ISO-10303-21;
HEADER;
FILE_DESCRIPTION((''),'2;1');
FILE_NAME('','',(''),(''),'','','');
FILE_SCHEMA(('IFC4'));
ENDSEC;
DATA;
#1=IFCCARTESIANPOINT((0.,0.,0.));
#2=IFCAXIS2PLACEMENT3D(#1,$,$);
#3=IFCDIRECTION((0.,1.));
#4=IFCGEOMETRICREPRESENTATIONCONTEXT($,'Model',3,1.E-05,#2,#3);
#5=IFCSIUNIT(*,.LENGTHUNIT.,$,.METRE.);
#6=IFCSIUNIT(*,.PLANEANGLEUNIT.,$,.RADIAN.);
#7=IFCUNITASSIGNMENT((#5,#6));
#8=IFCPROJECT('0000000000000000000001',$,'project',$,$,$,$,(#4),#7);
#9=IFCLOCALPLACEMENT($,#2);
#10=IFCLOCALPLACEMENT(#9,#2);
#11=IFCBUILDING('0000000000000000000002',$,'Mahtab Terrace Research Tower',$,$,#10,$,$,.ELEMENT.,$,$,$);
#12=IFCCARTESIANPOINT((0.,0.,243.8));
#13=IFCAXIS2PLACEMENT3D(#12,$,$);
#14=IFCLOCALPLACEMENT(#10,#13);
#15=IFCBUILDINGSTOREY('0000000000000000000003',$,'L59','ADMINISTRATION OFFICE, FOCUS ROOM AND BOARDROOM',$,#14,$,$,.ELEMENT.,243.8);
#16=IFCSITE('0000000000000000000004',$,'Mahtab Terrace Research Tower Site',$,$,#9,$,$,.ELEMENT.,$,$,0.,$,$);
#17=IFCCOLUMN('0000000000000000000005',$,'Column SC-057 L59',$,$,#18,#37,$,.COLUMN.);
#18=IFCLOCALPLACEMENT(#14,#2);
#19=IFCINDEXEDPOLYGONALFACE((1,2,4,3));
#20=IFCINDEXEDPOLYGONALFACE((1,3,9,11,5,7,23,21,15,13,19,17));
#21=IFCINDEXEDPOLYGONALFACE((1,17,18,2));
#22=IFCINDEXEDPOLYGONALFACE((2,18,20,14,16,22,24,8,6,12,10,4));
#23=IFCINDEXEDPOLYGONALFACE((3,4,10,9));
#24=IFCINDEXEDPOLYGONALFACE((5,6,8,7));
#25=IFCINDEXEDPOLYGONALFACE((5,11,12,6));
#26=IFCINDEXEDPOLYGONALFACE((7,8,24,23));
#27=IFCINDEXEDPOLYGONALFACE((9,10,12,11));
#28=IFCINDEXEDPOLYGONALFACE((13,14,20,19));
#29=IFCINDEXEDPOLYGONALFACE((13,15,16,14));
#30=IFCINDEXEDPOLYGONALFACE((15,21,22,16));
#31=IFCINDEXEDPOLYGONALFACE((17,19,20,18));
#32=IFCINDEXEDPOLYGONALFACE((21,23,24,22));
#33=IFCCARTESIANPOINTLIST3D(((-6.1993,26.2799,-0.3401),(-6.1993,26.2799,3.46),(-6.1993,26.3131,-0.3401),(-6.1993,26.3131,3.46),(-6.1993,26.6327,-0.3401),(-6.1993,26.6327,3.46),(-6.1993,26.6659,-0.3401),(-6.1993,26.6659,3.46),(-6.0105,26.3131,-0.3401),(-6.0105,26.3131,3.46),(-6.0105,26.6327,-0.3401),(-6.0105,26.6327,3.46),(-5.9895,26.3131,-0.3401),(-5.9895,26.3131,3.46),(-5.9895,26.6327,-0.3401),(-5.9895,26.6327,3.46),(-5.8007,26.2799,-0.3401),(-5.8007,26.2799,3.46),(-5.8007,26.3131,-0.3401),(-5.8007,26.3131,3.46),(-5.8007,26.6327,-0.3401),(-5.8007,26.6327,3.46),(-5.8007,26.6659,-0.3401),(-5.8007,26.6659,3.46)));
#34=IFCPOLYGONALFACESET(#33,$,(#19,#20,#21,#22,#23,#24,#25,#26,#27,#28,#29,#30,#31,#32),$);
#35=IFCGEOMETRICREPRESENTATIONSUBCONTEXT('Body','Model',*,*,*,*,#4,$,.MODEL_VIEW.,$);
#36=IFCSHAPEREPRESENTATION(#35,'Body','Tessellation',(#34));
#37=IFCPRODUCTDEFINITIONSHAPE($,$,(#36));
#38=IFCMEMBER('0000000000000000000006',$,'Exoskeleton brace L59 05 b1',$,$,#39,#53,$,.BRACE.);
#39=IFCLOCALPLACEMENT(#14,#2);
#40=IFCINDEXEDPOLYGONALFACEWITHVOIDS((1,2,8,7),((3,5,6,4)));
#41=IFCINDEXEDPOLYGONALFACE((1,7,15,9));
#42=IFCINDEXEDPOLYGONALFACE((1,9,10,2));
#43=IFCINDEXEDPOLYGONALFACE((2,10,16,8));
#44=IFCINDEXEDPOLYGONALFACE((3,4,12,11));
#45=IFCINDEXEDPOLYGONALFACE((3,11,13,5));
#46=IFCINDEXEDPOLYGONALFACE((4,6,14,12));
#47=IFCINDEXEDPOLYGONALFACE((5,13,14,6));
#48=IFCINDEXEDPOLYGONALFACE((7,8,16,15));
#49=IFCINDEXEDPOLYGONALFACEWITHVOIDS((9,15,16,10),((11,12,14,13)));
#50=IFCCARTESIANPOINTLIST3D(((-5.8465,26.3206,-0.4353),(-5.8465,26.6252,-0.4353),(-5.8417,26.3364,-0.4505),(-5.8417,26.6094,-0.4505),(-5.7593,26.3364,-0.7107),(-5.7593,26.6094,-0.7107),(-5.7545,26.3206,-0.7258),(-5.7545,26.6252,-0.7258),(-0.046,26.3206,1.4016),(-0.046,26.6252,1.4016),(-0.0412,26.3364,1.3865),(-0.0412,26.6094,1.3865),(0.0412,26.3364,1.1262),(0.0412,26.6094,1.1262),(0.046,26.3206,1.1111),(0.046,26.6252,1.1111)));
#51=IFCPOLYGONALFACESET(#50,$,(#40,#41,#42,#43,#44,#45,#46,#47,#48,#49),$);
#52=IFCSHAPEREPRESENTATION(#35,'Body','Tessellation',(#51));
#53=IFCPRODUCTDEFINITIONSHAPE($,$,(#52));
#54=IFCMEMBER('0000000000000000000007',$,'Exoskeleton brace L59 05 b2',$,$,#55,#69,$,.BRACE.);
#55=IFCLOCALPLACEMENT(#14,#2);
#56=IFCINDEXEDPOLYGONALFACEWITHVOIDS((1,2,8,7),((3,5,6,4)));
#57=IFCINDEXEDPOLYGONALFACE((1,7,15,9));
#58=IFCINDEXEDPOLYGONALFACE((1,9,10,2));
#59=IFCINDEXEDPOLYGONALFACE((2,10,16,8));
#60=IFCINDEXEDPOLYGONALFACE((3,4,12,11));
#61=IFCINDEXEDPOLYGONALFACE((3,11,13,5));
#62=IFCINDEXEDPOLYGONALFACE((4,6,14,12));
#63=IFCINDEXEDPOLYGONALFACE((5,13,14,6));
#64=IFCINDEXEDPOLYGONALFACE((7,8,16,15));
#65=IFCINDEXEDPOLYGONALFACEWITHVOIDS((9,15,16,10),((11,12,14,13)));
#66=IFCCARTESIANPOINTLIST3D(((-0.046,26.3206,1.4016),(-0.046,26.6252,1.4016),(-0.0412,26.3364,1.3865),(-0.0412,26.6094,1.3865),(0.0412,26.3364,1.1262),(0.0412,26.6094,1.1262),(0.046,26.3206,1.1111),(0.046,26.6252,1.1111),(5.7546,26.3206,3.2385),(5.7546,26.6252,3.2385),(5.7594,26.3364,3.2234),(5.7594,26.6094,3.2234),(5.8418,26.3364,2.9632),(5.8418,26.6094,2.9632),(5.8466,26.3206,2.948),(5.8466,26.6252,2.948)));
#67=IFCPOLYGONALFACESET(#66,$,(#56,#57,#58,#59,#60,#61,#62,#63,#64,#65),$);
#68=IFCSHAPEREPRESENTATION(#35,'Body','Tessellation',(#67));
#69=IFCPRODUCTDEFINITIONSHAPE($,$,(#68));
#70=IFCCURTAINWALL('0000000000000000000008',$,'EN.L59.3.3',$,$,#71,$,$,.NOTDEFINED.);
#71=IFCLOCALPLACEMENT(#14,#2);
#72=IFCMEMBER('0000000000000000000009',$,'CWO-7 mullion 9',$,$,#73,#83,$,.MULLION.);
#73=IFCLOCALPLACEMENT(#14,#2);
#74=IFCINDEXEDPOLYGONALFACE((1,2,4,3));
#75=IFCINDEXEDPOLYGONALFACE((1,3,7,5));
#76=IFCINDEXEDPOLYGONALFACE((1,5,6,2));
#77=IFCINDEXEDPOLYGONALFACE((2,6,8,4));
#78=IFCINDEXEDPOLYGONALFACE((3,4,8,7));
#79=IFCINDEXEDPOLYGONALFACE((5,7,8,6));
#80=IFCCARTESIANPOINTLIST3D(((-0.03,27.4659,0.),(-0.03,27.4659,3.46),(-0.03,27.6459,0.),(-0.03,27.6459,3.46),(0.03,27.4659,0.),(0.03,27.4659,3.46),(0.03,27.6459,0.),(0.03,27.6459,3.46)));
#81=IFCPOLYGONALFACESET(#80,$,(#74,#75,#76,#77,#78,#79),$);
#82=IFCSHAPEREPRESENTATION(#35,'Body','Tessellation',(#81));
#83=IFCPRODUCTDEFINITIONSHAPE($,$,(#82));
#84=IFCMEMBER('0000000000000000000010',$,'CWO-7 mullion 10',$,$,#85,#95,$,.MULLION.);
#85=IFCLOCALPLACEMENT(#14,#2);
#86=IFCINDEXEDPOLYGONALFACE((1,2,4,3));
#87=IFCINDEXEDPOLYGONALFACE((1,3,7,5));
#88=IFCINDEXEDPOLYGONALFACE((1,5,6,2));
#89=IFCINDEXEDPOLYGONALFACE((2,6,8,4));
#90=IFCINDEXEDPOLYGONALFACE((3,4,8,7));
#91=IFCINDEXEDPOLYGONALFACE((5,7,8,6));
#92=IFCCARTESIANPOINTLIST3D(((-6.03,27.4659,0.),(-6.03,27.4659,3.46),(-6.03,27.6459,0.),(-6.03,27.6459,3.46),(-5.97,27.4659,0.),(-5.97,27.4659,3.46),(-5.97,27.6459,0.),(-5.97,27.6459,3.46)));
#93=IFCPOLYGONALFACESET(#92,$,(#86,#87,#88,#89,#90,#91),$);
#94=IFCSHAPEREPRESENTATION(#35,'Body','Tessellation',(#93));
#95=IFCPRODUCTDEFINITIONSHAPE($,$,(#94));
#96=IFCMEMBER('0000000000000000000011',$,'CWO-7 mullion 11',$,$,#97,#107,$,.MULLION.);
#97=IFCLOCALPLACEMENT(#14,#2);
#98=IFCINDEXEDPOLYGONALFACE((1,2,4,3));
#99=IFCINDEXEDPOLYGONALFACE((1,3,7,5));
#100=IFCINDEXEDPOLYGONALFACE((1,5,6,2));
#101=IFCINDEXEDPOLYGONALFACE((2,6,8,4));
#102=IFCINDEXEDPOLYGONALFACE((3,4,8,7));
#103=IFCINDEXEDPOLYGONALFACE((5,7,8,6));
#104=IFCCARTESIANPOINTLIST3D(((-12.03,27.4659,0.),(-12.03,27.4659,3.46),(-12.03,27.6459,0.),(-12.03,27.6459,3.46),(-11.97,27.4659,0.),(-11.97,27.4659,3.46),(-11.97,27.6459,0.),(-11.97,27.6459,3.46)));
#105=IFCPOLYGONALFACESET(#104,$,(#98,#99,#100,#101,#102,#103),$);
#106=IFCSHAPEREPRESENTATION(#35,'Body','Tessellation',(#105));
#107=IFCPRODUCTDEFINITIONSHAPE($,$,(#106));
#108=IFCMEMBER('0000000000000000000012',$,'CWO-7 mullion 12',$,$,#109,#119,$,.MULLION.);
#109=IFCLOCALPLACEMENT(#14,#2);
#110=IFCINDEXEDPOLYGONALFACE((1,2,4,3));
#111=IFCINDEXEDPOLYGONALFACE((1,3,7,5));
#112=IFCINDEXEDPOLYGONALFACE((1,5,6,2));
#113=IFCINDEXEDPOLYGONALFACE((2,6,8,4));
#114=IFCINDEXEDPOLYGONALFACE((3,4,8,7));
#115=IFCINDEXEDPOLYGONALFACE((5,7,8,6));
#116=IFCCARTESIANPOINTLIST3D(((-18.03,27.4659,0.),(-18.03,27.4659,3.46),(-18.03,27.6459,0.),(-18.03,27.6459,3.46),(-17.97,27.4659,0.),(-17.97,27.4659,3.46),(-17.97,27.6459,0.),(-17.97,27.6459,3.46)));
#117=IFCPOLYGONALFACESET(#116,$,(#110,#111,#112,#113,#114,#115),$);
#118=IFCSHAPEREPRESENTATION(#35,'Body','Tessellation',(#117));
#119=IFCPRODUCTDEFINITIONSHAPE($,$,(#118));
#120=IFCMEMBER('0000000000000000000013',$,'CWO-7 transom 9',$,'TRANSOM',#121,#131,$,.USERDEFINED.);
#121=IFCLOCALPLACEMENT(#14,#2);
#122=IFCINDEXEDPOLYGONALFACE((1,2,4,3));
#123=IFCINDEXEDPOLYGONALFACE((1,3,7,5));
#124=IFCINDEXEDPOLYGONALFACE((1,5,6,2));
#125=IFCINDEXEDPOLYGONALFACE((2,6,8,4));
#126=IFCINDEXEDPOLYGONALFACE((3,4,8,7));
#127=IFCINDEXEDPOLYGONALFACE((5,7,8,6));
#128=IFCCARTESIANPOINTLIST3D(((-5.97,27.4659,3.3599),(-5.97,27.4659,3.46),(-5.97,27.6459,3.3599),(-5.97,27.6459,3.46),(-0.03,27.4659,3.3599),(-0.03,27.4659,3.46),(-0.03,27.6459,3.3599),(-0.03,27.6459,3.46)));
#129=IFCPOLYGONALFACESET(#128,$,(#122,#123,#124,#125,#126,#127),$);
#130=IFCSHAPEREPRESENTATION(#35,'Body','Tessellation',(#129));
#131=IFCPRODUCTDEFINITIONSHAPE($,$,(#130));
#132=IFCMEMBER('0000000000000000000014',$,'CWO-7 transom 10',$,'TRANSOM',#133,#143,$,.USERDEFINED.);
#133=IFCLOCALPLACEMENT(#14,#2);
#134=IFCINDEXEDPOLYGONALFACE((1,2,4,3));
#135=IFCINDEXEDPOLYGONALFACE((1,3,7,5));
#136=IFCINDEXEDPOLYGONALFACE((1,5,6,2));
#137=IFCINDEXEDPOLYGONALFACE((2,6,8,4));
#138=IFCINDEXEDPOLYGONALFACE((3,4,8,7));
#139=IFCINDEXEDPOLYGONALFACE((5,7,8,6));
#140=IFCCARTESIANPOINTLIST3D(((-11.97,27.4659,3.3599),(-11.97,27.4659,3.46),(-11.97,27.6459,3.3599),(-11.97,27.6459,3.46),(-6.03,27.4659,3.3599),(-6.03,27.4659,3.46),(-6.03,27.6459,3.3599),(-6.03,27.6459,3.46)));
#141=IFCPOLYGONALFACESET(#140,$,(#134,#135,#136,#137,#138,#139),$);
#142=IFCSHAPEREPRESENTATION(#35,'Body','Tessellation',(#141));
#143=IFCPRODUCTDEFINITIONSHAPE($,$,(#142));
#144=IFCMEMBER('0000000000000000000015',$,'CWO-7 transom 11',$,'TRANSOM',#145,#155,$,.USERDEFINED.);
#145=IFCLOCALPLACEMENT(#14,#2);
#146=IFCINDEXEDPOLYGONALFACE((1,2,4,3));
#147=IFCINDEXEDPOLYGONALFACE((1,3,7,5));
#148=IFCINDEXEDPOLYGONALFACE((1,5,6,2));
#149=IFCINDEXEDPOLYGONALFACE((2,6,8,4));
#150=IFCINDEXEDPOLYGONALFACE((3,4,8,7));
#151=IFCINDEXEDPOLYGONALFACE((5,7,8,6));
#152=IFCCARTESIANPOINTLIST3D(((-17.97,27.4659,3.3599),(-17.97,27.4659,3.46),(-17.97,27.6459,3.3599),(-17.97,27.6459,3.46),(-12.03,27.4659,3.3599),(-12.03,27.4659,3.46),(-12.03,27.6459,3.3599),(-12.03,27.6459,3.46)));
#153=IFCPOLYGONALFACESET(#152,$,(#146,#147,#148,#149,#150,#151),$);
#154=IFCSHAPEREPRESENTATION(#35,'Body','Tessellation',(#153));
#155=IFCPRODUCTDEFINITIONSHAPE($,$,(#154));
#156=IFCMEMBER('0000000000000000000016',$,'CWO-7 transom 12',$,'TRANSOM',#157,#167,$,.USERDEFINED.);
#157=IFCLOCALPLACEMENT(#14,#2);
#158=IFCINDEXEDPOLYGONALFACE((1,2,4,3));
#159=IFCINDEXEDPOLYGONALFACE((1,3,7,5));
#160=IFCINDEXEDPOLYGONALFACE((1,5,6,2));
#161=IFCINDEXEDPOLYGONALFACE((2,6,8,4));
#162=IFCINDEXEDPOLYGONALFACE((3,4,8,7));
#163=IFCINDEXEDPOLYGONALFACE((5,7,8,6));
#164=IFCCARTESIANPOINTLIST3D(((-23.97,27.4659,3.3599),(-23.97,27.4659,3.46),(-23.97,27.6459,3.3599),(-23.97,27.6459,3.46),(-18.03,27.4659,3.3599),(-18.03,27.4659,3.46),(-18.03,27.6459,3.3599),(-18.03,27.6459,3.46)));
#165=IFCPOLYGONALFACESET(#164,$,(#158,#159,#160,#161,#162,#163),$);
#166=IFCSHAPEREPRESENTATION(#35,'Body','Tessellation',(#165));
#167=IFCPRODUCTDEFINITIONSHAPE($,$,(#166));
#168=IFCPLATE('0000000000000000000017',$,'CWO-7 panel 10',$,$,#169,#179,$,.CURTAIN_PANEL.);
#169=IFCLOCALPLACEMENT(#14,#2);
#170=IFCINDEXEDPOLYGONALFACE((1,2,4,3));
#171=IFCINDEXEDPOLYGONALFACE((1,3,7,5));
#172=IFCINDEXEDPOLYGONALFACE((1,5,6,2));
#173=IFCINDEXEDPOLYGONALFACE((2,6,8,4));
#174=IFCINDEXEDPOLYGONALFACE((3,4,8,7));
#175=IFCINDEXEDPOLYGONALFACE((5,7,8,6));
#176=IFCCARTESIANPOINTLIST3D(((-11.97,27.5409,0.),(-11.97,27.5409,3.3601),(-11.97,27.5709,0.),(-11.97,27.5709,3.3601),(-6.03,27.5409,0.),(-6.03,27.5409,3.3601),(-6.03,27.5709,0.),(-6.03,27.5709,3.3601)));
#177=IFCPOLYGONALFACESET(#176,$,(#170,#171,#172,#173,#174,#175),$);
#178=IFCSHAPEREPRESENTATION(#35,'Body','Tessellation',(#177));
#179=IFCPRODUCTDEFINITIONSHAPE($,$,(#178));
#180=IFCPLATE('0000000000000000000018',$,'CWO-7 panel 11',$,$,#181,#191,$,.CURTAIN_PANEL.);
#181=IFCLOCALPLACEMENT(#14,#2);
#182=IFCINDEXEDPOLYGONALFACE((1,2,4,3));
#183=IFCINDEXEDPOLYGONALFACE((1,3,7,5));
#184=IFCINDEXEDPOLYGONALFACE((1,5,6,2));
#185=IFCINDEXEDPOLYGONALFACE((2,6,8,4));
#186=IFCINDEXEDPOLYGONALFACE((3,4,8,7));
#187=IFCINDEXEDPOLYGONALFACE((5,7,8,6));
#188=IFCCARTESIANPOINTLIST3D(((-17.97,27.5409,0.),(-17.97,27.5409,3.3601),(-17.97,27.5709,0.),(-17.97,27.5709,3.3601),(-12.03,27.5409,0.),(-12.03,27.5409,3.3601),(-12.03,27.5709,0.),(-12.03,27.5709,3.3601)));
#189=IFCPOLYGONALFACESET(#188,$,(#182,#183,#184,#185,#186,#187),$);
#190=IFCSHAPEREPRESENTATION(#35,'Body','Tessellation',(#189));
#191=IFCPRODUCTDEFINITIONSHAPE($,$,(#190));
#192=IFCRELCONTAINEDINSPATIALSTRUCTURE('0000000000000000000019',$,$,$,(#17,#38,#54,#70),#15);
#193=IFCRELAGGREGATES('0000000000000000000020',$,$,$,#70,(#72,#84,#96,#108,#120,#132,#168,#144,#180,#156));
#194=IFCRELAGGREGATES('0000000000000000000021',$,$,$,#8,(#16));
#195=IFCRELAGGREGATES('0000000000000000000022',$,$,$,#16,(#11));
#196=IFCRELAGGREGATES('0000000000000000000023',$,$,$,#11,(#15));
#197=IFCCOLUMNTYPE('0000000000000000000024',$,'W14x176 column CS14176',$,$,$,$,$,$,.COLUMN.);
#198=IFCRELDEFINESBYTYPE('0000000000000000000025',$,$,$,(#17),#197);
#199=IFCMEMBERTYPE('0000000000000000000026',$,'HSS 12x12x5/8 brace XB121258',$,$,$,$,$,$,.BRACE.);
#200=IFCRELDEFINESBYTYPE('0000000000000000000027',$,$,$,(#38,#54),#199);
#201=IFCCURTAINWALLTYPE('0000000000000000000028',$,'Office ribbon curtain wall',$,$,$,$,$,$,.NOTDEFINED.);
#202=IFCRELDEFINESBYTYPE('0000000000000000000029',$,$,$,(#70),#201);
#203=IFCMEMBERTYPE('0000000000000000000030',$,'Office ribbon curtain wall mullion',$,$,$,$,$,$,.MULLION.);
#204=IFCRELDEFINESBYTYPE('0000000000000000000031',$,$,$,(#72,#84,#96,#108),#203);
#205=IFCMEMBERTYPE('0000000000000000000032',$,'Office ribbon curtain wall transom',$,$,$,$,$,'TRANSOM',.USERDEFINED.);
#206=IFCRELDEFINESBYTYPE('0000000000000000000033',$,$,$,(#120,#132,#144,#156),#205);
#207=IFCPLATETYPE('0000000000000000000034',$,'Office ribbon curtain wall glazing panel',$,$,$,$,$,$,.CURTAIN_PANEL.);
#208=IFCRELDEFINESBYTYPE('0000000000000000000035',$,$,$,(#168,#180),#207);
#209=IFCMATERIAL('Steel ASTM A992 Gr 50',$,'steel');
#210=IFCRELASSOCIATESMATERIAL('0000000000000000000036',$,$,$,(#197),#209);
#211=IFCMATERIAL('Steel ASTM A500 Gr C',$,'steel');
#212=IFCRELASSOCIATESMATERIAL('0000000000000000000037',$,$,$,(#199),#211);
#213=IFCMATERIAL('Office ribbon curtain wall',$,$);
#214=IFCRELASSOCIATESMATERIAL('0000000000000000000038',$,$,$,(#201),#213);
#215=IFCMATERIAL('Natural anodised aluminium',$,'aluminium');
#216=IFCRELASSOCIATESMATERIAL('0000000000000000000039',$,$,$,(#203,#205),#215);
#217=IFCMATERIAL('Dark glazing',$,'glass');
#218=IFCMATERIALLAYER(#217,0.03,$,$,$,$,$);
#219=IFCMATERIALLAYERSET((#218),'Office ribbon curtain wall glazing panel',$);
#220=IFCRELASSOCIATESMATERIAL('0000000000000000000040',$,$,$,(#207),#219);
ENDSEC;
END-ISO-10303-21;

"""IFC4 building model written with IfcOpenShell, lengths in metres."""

from ifc_helpers import new_model, si_unit, direction, frame, origin, origin_2d, place, context, subcontext, project, spatial, rectangle, hollow_rectangle, i_section, extrude, material, layer, layer_set, material_profile, profile_set, type_object, element, aggregate, save


model = new_model("IFC4")

# Units and contexts
model_context = context("Model", 3, precision=1e-05, world=origin(), true_north=direction((0.0, 1.0)))
body_context = subcontext(model_context, "Body", "Model", "MODEL_VIEW")
ifc_project = project(units=[si_unit("LENGTHUNIT", "METRE"), si_unit("PLANEANGLEUNIT", "RADIAN")], contexts=[model_context])

# Site, building, storey
site_placement = place(None, origin())
site = spatial("IfcSite", under=ifc_project, at=site_placement, Name="Mahtab Terrace Research Tower Site", CompositionType="ELEMENT", RefElevation=0.0)
building_placement = place(site_placement, origin())
building = spatial("IfcBuilding", under=site, at=building_placement, Name="Mahtab Terrace Research Tower", CompositionType="ELEMENT")
storey_placement = place(building_placement, frame((0.0, 0.0, 243.8)))
storey = spatial("IfcBuildingStorey", under=building, at=storey_placement, Name="L59", Description="ADMINISTRATION OFFICE, FOCUS ROOM AND BOARDROOM", CompositionType="ELEMENT", Elevation=243.8)

# Column
ifc_material_1 = material(Name="Steel ASTM A992 Gr 50", Category="steel")
ifc_material_profile_1 = material_profile(ifc_material_1, i_section(OverallWidth=0.3987, OverallDepth=0.386, WebThickness=0.021, FlangeThickness=0.0332, at=origin_2d()), Name="W14X176")
ifc_profile_set_1 = profile_set([ifc_material_profile_1], Name="Steel ASTM A992 Gr 50")
column_type = type_object("IfcColumnType", Name="W14x176 column CS14176", PredefinedType="COLUMN", material=ifc_profile_set_1)
column_placement = place(storey_placement, frame((-6.0, 26.4729, -0.3401), z_axis=(0.0, 0.0, 1.0), x_axis=(1.0, 0.0, 0.0)))
element("IfcColumn", 1, at=column_placement, inside=storey, type_object=column_type, Name="Column SC-057 L59", PredefinedType="COLUMN", context=body_context, shape_type="SweptSolid", body=[
    extrude(i_section(OverallWidth=0.3987, OverallDepth=0.386, WebThickness=0.021, FlangeThickness=0.0332, at=origin_2d()), origin(), (0.0, 0.0, 1.0), 3.8),
])

# Members
ifc_material_2 = material(Name="Steel ASTM A500 Gr C", Category="steel")
ifc_material_profile_2 = material_profile(ifc_material_2, hollow_rectangle(XDim=0.3047, YDim=0.3047, WallThickness=0.0159, at=origin_2d()), Name="HSS12X12X5/8")
ifc_profile_set_2 = profile_set([ifc_material_profile_2], Name="Steel ASTM A500 Gr C")
member_type_1 = type_object("IfcMemberType", Name="HSS 12x12x5/8 brace XB121258", PredefinedType="BRACE", material=ifc_profile_set_2)
for number, where, z_axis, x_axis, name in (
    (2, (-5.8005, 26.4729, -0.5806), (0.953339, 0.0, 0.301903), (0.0, 1.0, 0.0), "Exoskeleton brace L59 05 b1"),
    (3, (0.0, 26.4729, 1.2563), (0.953339, 0.0, 0.301903), (0.0, 1.0, 0.0), "Exoskeleton brace L59 05 b2"),
):
    element("IfcMember", number, at=place(storey_placement, frame(where, z_axis=z_axis, x_axis=x_axis)), inside=storey, type_object=member_type_1, Name=name, PredefinedType="BRACE", context=body_context, shape_type="SweptSolid", body=[
        extrude(hollow_rectangle(XDim=0.3047, YDim=0.3047, WallThickness=0.0159, at=origin_2d()), origin(), (0.0, 0.0, 1.0), 6.0845),
    ])

# Curtain wall, members, plates
ifc_material_3 = material(Name="Office ribbon curtain wall")
curtain_wall_type = type_object("IfcCurtainWallType", Name="Office ribbon curtain wall", PredefinedType="NOTDEFINED", material=ifc_material_3)
curtain_wall_placement = place(storey_placement, origin())
curtain_wall = element("IfcCurtainWall", 4, at=curtain_wall_placement, inside=storey, type_object=curtain_wall_type, Name="EN.L59.3.3", PredefinedType="NOTDEFINED")
ifc_material_4 = material(Name="Natural anodised aluminium", Category="aluminium")
ifc_material_profile_3 = material_profile(ifc_material_4, rectangle(XDim=0.1799, YDim=0.0601, at=origin_2d()), Name="MULLION 60x180")
ifc_profile_set_3 = profile_set([ifc_material_profile_3], Name="Natural anodised aluminium")
member_type_2 = type_object("IfcMemberType", Name="Office ribbon curtain wall mullion", PredefinedType="MULLION", material=ifc_profile_set_3)
member_1_placement = place(storey_placement, frame((0.0, 27.5559, 0.0), z_axis=(0.0, 0.0, 1.0), x_axis=(0.0, -1.0, 0.0)))
member_1 = element("IfcMember", 5, at=member_1_placement, type_object=member_type_2, Name="CWO-7 mullion 9", PredefinedType="MULLION", context=body_context, shape_type="SweptSolid", body=[
    extrude(rectangle(XDim=0.1799, YDim=0.0601, at=origin_2d()), origin(), (0.0, 0.0, 1.0), 3.46),
])
member_2_placement = place(storey_placement, frame((-6.0, 27.5559, 0.0), z_axis=(0.0, 0.0, 1.0), x_axis=(0.0, -1.0, 0.0)))
member_2 = element("IfcMember", 6, at=member_2_placement, type_object=member_type_2, Name="CWO-7 mullion 10", PredefinedType="MULLION", context=body_context, shape_type="SweptSolid", body=[
    extrude(rectangle(XDim=0.1799, YDim=0.0601, at=origin_2d()), origin(), (0.0, 0.0, 1.0), 3.46),
])
member_3_placement = place(storey_placement, frame((-12.0, 27.5559, 0.0), z_axis=(0.0, 0.0, 1.0), x_axis=(0.0, -1.0, 0.0)))
member_3 = element("IfcMember", 7, at=member_3_placement, type_object=member_type_2, Name="CWO-7 mullion 11", PredefinedType="MULLION", context=body_context, shape_type="SweptSolid", body=[
    extrude(rectangle(XDim=0.1799, YDim=0.0601, at=origin_2d()), origin(), (0.0, 0.0, 1.0), 3.46),
])
member_4_placement = place(storey_placement, frame((-18.0, 27.5559, 0.0), z_axis=(0.0, 0.0, 1.0), x_axis=(0.0, -1.0, 0.0)))
member_4 = element("IfcMember", 8, at=member_4_placement, type_object=member_type_2, Name="CWO-7 mullion 12", PredefinedType="MULLION", context=body_context, shape_type="SweptSolid", body=[
    extrude(rectangle(XDim=0.1799, YDim=0.0601, at=origin_2d()), origin(), (0.0, 0.0, 1.0), 3.46),
])
ifc_material_profile_4 = material_profile(ifc_material_4, rectangle(XDim=0.1799, YDim=0.1001, at=origin_2d()), Name="TRANSOM 100x180")
ifc_profile_set_4 = profile_set([ifc_material_profile_4], Name="Natural anodised aluminium")
member_type_3 = type_object("IfcMemberType", Name="Office ribbon curtain wall transom", ElementType="TRANSOM", PredefinedType="USERDEFINED", material=ifc_profile_set_4)
member_5_placement = place(storey_placement, frame((-0.03, 27.5559, 3.4099), z_axis=(-1.0, 0.0, 0.0), x_axis=(0.0, -1.0, 0.0)))
member_5 = element("IfcMember", 9, at=member_5_placement, type_object=member_type_3, Name="CWO-7 transom 9", ObjectType="TRANSOM", PredefinedType="USERDEFINED", context=body_context, shape_type="SweptSolid", body=[
    extrude(rectangle(XDim=0.1799, YDim=0.1001, at=origin_2d()), origin(), (0.0, 0.0, 1.0), 5.9399),
])
member_6_placement = place(storey_placement, frame((-6.03, 27.5559, 3.4099), z_axis=(-1.0, 0.0, 0.0), x_axis=(0.0, -1.0, 0.0)))
member_6 = element("IfcMember", 10, at=member_6_placement, type_object=member_type_3, Name="CWO-7 transom 10", ObjectType="TRANSOM", PredefinedType="USERDEFINED", context=body_context, shape_type="SweptSolid", body=[
    extrude(rectangle(XDim=0.1799, YDim=0.1001, at=origin_2d()), origin(), (0.0, 0.0, 1.0), 5.9399),
])
member_7_placement = place(storey_placement, frame((-12.03, 27.5559, 3.4099), z_axis=(-1.0, 0.0, 0.0), x_axis=(0.0, -1.0, 0.0)))
member_7 = element("IfcMember", 11, at=member_7_placement, type_object=member_type_3, Name="CWO-7 transom 11", ObjectType="TRANSOM", PredefinedType="USERDEFINED", context=body_context, shape_type="SweptSolid", body=[
    extrude(rectangle(XDim=0.1799, YDim=0.1001, at=origin_2d()), origin(), (0.0, 0.0, 1.0), 5.9399),
])
member_8_placement = place(storey_placement, frame((-18.03, 27.5559, 3.4099), z_axis=(-1.0, 0.0, 0.0), x_axis=(0.0, -1.0, 0.0)))
member_8 = element("IfcMember", 12, at=member_8_placement, type_object=member_type_3, Name="CWO-7 transom 12", ObjectType="TRANSOM", PredefinedType="USERDEFINED", context=body_context, shape_type="SweptSolid", body=[
    extrude(rectangle(XDim=0.1799, YDim=0.1001, at=origin_2d()), origin(), (0.0, 0.0, 1.0), 5.9399),
])
ifc_material_5 = material(Name="Dark glazing", Category="glass")
ifc_layer_1 = layer(ifc_material_5, 0.03)
ifc_layer_set_1 = layer_set([ifc_layer_1], Name="Office ribbon curtain wall glazing panel")
plate_type_1 = type_object("IfcPlateType", Name="Office ribbon curtain wall glazing panel", PredefinedType="CURTAIN_PANEL", material=ifc_layer_set_1)
plate_1_placement = place(storey_placement, frame((-9.0, 27.5559, 0.0), z_axis=(0.0, 0.0, 1.0), x_axis=(-1.0, 0.0, 0.0)))
plate_1 = element("IfcPlate", 13, at=plate_1_placement, type_object=plate_type_1, Name="CWO-7 panel 10", PredefinedType="CURTAIN_PANEL", context=body_context, shape_type="SweptSolid", body=[
    extrude(rectangle(XDim=5.9399, YDim=0.03, at=origin_2d()), origin(), (0.0, 0.0, 1.0), 3.3601),
])
plate_2_placement = place(storey_placement, frame((-15.0, 27.5559, 0.0), z_axis=(0.0, 0.0, 1.0), x_axis=(-1.0, 0.0, 0.0)))
plate_2 = element("IfcPlate", 14, at=plate_2_placement, type_object=plate_type_1, Name="CWO-7 panel 11", PredefinedType="CURTAIN_PANEL", context=body_context, shape_type="SweptSolid", body=[
    extrude(rectangle(XDim=5.9399, YDim=0.03, at=origin_2d()), origin(), (0.0, 0.0, 1.0), 3.3601),
])
aggregate(curtain_wall, [member_1, member_2, member_3, member_4, member_5, member_6, plate_1, member_7, plate_2, member_8])

save(model, "model.ifc")
